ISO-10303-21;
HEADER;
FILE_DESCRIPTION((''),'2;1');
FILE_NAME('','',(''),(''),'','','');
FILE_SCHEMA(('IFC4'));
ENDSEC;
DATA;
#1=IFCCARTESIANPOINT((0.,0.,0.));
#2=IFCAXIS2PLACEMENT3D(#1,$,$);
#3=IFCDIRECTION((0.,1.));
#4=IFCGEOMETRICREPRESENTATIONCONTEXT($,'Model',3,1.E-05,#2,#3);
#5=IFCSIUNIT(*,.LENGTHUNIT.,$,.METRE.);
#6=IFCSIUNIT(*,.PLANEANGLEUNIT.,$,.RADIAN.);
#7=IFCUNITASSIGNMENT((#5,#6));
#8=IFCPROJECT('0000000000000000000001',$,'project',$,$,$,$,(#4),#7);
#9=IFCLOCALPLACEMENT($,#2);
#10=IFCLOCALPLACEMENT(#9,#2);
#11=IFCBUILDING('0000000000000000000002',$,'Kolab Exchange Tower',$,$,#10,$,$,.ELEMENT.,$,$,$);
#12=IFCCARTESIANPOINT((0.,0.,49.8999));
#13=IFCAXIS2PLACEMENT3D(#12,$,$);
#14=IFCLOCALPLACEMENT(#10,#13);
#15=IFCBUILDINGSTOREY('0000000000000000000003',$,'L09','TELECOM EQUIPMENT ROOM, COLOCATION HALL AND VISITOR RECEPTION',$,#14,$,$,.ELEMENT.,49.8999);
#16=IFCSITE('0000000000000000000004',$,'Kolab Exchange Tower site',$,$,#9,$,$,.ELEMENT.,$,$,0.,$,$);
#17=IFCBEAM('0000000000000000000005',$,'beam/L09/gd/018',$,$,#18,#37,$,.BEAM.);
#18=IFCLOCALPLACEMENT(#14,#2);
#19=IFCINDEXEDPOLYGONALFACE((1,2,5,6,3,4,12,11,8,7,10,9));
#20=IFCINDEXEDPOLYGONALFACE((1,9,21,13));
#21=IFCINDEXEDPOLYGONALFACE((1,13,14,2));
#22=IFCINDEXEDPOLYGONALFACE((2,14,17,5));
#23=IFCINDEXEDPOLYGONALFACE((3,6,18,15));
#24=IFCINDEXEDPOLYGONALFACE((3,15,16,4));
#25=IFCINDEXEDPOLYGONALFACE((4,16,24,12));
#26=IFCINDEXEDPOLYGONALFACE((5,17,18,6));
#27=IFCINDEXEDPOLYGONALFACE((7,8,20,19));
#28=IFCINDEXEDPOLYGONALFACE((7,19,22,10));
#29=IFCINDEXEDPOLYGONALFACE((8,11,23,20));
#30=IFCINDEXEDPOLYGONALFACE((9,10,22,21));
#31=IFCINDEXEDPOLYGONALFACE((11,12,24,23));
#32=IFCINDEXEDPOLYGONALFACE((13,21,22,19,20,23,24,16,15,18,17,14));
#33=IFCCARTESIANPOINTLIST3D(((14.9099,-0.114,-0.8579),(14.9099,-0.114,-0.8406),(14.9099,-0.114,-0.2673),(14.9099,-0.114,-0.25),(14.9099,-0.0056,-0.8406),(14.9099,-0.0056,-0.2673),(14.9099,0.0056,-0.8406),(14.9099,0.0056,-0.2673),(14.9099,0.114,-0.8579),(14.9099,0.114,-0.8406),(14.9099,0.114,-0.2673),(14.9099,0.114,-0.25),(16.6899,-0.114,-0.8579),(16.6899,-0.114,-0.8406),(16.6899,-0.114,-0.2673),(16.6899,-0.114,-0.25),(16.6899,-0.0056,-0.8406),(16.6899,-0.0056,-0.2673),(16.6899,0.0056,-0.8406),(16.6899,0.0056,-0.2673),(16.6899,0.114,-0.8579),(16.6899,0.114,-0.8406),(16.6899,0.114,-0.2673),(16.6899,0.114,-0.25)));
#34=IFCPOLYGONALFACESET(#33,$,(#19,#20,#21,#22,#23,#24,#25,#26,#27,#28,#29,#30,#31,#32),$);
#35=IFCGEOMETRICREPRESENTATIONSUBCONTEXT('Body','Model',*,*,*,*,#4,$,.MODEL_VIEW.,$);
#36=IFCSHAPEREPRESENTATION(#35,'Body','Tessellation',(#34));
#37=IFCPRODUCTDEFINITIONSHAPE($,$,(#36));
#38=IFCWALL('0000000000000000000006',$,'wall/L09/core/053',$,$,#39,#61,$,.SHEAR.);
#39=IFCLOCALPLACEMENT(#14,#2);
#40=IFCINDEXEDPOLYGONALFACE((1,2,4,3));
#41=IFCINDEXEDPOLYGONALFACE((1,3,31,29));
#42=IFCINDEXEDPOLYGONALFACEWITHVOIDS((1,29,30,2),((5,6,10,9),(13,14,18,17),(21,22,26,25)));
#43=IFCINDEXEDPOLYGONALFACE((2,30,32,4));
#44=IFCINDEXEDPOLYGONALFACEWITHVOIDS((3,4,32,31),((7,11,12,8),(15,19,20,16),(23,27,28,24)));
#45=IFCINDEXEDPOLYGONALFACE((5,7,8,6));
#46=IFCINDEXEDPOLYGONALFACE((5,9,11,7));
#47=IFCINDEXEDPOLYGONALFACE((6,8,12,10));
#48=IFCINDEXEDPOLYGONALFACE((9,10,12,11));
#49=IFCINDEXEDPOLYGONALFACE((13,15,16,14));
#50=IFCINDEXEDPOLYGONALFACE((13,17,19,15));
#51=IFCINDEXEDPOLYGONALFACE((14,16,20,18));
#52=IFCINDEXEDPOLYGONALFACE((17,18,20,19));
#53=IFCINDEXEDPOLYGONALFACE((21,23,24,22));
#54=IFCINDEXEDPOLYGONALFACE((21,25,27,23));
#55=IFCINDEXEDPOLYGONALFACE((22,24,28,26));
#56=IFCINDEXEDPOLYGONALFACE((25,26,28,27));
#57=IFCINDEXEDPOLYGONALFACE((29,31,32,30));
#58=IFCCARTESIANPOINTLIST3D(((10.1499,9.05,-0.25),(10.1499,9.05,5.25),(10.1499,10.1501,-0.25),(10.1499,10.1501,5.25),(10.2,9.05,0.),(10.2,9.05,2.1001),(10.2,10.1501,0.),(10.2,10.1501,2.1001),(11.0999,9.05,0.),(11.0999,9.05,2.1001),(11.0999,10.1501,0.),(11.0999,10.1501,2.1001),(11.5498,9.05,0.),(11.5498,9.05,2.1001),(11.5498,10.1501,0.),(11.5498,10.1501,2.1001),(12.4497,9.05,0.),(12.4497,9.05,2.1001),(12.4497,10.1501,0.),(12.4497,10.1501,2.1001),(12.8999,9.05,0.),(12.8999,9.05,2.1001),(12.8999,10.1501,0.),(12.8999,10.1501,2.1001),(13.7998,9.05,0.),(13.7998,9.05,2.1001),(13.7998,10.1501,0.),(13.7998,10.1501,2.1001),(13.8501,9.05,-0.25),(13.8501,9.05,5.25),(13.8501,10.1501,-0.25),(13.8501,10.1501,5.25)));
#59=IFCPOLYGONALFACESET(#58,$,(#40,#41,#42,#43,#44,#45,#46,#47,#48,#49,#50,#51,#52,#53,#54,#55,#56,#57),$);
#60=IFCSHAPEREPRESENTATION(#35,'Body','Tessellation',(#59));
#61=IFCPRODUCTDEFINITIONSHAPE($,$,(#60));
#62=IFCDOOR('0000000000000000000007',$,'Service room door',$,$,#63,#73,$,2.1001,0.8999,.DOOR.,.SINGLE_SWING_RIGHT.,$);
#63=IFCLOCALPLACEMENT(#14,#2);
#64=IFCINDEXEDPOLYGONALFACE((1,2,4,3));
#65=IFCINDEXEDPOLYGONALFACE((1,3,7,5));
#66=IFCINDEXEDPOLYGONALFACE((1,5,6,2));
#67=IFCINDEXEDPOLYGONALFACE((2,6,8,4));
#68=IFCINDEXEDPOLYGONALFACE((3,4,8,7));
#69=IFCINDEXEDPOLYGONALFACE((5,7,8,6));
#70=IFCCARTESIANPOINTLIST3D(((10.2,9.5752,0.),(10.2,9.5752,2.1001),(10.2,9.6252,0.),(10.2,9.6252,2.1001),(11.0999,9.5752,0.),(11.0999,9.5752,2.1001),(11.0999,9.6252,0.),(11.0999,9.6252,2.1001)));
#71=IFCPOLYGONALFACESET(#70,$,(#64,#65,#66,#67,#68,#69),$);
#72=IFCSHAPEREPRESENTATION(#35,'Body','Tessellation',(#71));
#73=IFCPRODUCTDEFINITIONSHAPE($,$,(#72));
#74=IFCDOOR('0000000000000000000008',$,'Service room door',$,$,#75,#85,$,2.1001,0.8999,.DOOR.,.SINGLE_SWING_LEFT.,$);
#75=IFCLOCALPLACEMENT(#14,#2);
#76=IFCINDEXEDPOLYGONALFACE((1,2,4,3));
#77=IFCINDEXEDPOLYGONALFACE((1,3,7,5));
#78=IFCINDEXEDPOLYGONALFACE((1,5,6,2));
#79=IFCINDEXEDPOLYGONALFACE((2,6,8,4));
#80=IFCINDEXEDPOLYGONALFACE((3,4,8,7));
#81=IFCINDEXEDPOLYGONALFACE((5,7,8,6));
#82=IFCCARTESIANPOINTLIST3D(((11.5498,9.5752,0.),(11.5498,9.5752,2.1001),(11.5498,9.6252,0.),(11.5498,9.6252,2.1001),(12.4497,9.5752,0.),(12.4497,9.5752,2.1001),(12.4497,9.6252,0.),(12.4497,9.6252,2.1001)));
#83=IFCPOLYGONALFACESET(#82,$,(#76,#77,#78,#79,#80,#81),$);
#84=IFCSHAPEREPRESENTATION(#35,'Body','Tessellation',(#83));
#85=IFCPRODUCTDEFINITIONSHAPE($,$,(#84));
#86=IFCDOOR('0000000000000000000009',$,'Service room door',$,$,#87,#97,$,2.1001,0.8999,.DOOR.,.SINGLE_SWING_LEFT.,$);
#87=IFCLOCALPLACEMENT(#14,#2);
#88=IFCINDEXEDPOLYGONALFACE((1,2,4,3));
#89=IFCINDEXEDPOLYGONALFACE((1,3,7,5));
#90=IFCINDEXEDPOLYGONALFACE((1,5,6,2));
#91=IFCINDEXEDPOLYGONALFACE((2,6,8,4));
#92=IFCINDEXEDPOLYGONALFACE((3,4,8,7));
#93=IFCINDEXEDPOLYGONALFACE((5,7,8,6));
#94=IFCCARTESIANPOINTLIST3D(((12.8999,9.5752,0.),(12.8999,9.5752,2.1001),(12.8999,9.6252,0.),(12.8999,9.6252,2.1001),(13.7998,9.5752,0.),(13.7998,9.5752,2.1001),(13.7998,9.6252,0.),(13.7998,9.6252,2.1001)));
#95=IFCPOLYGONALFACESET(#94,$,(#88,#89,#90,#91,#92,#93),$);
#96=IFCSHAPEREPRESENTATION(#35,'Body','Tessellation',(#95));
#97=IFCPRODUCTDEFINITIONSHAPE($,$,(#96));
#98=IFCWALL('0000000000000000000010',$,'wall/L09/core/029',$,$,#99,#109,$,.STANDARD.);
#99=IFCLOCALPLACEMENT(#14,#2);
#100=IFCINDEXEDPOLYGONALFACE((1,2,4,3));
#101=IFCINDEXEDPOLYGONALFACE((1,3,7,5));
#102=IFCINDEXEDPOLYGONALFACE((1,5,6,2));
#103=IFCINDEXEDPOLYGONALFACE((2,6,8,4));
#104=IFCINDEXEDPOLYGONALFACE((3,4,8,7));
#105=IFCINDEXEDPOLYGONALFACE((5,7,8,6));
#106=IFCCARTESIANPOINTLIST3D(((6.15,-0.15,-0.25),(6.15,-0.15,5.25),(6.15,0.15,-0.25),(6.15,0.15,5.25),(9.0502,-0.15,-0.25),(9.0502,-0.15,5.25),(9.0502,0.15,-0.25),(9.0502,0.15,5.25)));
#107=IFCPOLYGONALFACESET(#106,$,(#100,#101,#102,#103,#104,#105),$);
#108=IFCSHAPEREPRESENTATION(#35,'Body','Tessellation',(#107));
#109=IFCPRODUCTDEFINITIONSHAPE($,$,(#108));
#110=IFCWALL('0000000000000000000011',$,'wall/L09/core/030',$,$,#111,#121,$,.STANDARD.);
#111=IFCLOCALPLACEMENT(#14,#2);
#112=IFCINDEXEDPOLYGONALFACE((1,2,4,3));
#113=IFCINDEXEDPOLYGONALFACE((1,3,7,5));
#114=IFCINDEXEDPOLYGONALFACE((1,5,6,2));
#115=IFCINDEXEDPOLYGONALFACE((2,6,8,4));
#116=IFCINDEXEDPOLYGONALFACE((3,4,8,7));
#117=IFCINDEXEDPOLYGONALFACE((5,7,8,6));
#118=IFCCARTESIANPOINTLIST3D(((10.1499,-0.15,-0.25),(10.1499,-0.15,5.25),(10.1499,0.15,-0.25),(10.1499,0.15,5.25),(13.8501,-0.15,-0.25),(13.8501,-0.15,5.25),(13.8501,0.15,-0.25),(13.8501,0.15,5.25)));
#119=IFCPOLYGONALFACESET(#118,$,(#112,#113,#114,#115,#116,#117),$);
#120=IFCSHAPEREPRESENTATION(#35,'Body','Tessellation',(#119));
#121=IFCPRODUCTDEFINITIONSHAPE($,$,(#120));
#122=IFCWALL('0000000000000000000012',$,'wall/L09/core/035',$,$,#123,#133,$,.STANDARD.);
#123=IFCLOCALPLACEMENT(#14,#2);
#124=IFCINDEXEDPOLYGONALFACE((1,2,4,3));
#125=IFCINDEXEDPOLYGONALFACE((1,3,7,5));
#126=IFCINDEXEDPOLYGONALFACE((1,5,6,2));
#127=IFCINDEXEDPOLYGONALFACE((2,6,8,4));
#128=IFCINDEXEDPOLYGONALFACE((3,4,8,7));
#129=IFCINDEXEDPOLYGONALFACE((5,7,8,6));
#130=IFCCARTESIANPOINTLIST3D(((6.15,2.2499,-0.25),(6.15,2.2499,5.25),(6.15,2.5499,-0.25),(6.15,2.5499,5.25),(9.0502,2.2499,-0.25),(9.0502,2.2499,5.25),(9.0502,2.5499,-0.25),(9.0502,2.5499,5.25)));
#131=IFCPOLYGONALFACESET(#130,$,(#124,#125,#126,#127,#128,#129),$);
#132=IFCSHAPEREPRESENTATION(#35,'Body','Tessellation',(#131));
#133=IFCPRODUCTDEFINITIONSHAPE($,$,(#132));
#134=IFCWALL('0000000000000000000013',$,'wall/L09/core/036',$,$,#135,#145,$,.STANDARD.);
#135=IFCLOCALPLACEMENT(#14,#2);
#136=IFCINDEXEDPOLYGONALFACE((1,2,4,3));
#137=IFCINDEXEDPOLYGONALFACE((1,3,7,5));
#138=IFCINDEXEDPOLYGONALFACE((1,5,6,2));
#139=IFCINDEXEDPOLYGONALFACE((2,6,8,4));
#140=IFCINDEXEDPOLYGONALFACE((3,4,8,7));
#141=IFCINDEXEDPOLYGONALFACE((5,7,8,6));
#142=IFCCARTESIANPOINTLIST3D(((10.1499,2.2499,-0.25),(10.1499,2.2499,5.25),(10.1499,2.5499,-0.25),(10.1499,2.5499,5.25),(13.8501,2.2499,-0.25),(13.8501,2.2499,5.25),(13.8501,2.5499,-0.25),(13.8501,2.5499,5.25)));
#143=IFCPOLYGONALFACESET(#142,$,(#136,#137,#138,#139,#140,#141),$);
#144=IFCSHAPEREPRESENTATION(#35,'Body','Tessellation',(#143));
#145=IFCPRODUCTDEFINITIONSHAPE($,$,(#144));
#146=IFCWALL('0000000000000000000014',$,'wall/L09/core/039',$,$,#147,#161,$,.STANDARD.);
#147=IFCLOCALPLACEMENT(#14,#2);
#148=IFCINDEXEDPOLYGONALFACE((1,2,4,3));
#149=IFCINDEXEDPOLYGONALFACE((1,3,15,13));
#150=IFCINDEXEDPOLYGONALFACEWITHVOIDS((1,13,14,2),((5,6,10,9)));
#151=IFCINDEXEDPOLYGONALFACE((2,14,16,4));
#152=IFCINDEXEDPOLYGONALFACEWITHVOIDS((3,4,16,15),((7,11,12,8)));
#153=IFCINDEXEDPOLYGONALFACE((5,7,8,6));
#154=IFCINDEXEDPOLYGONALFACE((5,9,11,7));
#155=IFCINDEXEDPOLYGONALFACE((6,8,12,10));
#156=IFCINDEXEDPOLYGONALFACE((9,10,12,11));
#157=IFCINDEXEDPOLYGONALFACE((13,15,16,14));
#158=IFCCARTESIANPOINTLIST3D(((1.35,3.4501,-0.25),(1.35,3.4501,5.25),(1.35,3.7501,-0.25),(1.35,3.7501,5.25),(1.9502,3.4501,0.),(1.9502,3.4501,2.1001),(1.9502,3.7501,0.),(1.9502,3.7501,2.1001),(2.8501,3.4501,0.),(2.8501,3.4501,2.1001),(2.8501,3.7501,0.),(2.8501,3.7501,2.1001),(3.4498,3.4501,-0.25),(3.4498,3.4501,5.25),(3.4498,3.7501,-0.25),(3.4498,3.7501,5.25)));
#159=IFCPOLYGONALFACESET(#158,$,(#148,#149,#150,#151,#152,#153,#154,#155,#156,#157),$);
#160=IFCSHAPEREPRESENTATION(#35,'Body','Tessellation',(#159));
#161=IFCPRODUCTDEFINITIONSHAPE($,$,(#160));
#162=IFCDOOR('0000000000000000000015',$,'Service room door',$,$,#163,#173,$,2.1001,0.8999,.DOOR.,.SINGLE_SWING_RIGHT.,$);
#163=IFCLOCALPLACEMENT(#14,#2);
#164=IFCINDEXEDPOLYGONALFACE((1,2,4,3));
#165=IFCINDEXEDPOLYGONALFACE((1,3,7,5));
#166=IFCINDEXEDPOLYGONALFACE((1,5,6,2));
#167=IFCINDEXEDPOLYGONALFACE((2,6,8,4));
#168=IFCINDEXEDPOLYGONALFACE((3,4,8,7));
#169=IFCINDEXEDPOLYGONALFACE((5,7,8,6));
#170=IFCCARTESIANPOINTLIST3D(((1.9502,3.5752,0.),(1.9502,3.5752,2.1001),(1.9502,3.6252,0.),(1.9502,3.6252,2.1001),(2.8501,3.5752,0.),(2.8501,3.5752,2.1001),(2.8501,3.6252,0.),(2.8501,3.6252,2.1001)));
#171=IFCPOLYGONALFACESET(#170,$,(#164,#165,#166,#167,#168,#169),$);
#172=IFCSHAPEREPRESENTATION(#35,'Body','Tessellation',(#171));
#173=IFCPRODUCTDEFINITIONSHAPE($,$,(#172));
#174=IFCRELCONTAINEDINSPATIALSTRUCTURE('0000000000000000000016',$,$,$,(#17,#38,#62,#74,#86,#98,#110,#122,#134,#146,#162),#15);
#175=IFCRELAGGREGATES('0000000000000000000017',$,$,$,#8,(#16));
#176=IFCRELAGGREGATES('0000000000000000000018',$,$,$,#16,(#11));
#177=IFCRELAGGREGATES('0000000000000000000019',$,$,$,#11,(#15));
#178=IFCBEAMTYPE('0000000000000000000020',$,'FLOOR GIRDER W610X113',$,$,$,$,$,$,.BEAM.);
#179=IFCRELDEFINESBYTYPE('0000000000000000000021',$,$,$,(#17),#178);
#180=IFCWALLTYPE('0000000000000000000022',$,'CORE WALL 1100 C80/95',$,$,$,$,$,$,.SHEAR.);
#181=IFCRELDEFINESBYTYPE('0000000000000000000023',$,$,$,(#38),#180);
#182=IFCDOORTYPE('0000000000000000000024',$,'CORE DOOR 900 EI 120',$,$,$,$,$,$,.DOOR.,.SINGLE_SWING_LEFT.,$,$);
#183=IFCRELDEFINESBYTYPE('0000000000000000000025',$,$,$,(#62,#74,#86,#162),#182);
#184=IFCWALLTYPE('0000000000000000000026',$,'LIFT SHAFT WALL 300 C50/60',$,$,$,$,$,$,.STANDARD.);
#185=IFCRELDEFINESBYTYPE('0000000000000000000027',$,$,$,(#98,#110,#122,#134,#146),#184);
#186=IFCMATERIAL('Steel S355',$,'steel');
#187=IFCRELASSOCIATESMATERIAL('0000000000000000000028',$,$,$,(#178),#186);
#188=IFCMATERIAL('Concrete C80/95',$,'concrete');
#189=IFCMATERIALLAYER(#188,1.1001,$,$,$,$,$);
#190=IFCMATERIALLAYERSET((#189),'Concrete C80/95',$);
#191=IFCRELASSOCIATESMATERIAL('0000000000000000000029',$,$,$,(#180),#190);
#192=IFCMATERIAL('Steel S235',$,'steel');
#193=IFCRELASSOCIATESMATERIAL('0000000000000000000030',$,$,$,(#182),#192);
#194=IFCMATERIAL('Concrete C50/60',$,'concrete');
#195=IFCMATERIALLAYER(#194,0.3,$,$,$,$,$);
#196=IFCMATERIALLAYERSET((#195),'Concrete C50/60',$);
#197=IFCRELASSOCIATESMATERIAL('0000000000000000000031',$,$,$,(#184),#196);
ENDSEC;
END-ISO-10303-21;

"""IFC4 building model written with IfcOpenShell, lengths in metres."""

from ifc_helpers import new_model, si_unit, direction, frame, frame_2d, origin, origin_2d, place, context, subcontext, project, spatial, rectangle, i_section, extrude, material, layer, layer_set, material_profile, profile_set, type_object, element, fill, save


model = new_model("IFC4")

# Units and contexts
model_context = context("Model", 3, precision=1e-05, world=origin(), true_north=direction((0.0, 1.0)))
body_context = subcontext(model_context, "Body", "Model", "MODEL_VIEW")
ifc_project = project(units=[si_unit("LENGTHUNIT", "METRE"), si_unit("PLANEANGLEUNIT", "RADIAN")], contexts=[model_context])

# Site, building, storey
site_placement = place(None, origin())
site = spatial("IfcSite", under=ifc_project, at=site_placement, Name="Kolab Exchange Tower site", CompositionType="ELEMENT", RefElevation=0.0)
building_placement = place(site_placement, origin())
building = spatial("IfcBuilding", under=site, at=building_placement, Name="Kolab Exchange Tower", CompositionType="ELEMENT")
storey_placement = place(building_placement, frame((0.0, 0.0, 49.8999)))
storey = spatial("IfcBuildingStorey", under=building, at=storey_placement, Name="L09", Description="TELECOM EQUIPMENT ROOM, COLOCATION HALL AND VISITOR RECEPTION", CompositionType="ELEMENT", Elevation=49.8999)

# Beam
ifc_material_1 = material(Name="Steel S355", Category="steel")
ifc_material_profile = material_profile(ifc_material_1, i_section(OverallWidth=0.228, OverallDepth=0.6079, WebThickness=0.0112, FlangeThickness=0.0173, at=origin_2d()), Name="W610X113")
ifc_profile_set = profile_set([ifc_material_profile], Name="Steel S355")
beam_type = type_object("IfcBeamType", Name="FLOOR GIRDER W610X113", PredefinedType="BEAM", material=ifc_profile_set)
beam_placement = place(storey_placement, frame((14.9099, 0.0, -0.554), z_axis=(1.0, 0.0, 0.0), x_axis=(0.0, 1.0, 0.0)))
element("IfcBeam", 1, at=beam_placement, inside=storey, type_object=beam_type, Name="beam/L09/gd/018", PredefinedType="BEAM", context=body_context, shape_type="SweptSolid", body=[
    extrude(i_section(OverallWidth=0.228, OverallDepth=0.6079, WebThickness=0.0112, FlangeThickness=0.0173, at=origin_2d()), origin(), (0.0, 0.0, 1.0), 1.78),
])

# Wall, openings, doors
ifc_material_2 = material(Name="Concrete C80/95", Category="concrete")
ifc_layer_1 = layer(ifc_material_2, 1.1001)
ifc_layer_set_1 = layer_set([ifc_layer_1], Name="Concrete C80/95")
wall_type_1 = type_object("IfcWallType", Name="CORE WALL 1100 C80/95", PredefinedType="SHEAR", material=ifc_layer_set_1)
wall_1_placement = place(storey_placement, frame((10.1499, 9.6001, -0.25), z_axis=(0.0, 0.0, 1.0), x_axis=(1.0, 0.0, 0.0)))
wall_1 = element("IfcWall", 2, at=wall_1_placement, inside=storey, type_object=wall_type_1, Name="wall/L09/core/053", PredefinedType="SHEAR", context=body_context, shape_type="SweptSolid", body=[
    extrude(rectangle(XDim=3.7002, YDim=1.1001, at=frame_2d((1.8501, 0.0))), origin(), (0.0, 0.0, 1.0), 5.5),
])
opening_1_placement = place(wall_1_placement, frame((0.05, 0.0, 0.25)))
opening_1 = element("IfcOpeningElement", 3, at=opening_1_placement, cuts=wall_1, PredefinedType="OPENING", context=body_context, shape_type="SweptSolid", body=[
    extrude(rectangle(XDim=0.8999, YDim=2.1001, at=frame_2d((0.45, 1.05))), frame((0.0, 0.5601, 0.0), z_axis=(0.0, -1.0, 0.0), x_axis=(1.0, 0.0, 0.0)), (0.0, 0.0, 1.0), 1.1201),
])
opening_2_placement = place(wall_1_placement, frame((1.3999, 0.0, 0.25)))
opening_2 = element("IfcOpeningElement", 4, at=opening_2_placement, cuts=wall_1, PredefinedType="OPENING", context=body_context, shape_type="SweptSolid", body=[
    extrude(rectangle(XDim=0.8999, YDim=2.1001, at=frame_2d((0.45, 1.05))), frame((0.0, 0.5601, 0.0), z_axis=(0.0, -1.0, 0.0), x_axis=(1.0, 0.0, 0.0)), (0.0, 0.0, 1.0), 1.1201),
])
opening_3_placement = place(wall_1_placement, frame((2.75, 0.0, 0.25)))
opening_3 = element("IfcOpeningElement", 5, at=opening_3_placement, cuts=wall_1, PredefinedType="OPENING", context=body_context, shape_type="SweptSolid", body=[
    extrude(rectangle(XDim=0.8999, YDim=2.1001, at=frame_2d((0.45, 1.05))), frame((0.0, 0.5601, 0.0), z_axis=(0.0, -1.0, 0.0), x_axis=(1.0, 0.0, 0.0)), (0.0, 0.0, 1.0), 1.1201),
])
ifc_material_3 = material(Name="Steel S235", Category="steel")
door_type_1 = type_object("IfcDoorType", Name="CORE DOOR 900 EI 120", OperationType="SINGLE_SWING_LEFT", PredefinedType="DOOR", material=ifc_material_3)
door_1_placement = place(opening_1_placement, frame((0.8999, 0.0, 0.0), z_axis=(0.0, 0.0, 1.0), x_axis=(-1.0, 0.0, 0.0)))
door_1 = element("IfcDoor", 6, at=door_1_placement, inside=storey, type_object=door_type_1, Name="Service room door", OperationType="SINGLE_SWING_RIGHT", OverallHeight=2.1001, OverallWidth=0.8999, PredefinedType="DOOR", context=body_context, shape_type="SweptSolid", body=[
    extrude(rectangle(XDim=0.8999, YDim=2.1001, at=frame_2d((0.45, 1.05))), frame((0.0, 0.0249, 0.0), z_axis=(0.0, -1.0, 0.0), x_axis=(1.0, 0.0, 0.0)), (0.0, 0.0, 1.0), 0.05),
])
fill(opening_1, door_1)
door_2_placement = place(opening_2_placement, frame((0.8999, 0.0, 0.0), z_axis=(0.0, 0.0, 1.0), x_axis=(-1.0, 0.0, 0.0)))
door_2 = element("IfcDoor", 7, at=door_2_placement, inside=storey, type_object=door_type_1, Name="Service room door", OperationType="SINGLE_SWING_LEFT", OverallHeight=2.1001, OverallWidth=0.8999, PredefinedType="DOOR", context=body_context, shape_type="SweptSolid", body=[
    extrude(rectangle(XDim=0.8999, YDim=2.1001, at=frame_2d((0.45, 1.05))), frame((0.0, 0.0249, 0.0), z_axis=(0.0, -1.0, 0.0), x_axis=(1.0, 0.0, 0.0)), (0.0, 0.0, 1.0), 0.05),
])
fill(opening_2, door_2)
door_3_placement = place(opening_3_placement, frame((0.8999, 0.0, 0.0), z_axis=(0.0, 0.0, 1.0), x_axis=(-1.0, 0.0, 0.0)))
door_3 = element("IfcDoor", 8, at=door_3_placement, inside=storey, type_object=door_type_1, Name="Service room door", OperationType="SINGLE_SWING_LEFT", OverallHeight=2.1001, OverallWidth=0.8999, PredefinedType="DOOR", context=body_context, shape_type="SweptSolid", body=[
    extrude(rectangle(XDim=0.8999, YDim=2.1001, at=frame_2d((0.45, 1.05))), frame((0.0, 0.0249, 0.0), z_axis=(0.0, -1.0, 0.0), x_axis=(1.0, 0.0, 0.0)), (0.0, 0.0, 1.0), 0.05),
])
fill(opening_3, door_3)

# Walls
ifc_material_4 = material(Name="Concrete C50/60", Category="concrete")
ifc_layer_2 = layer(ifc_material_4, 0.3)
ifc_layer_set_2 = layer_set([ifc_layer_2], Name="Concrete C50/60")
wall_type_2 = type_object("IfcWallType", Name="LIFT SHAFT WALL 300 C50/60", PredefinedType="STANDARD", material=ifc_layer_set_2)
wall_2_placement = place(storey_placement, frame((6.1499, 0.0, -0.25), z_axis=(0.0, 0.0, 1.0), x_axis=(1.0, 0.0, 0.0)))
element("IfcWall", 9, at=wall_2_placement, inside=storey, type_object=wall_type_2, Name="wall/L09/core/029", PredefinedType="STANDARD", context=body_context, shape_type="SweptSolid", body=[
    extrude(rectangle(XDim=2.9001, YDim=0.3, at=frame_2d((1.4502, 0.0))), origin(), (0.0, 0.0, 1.0), 5.5),
])
wall_3_placement = place(storey_placement, frame((10.1499, 0.0, -0.25), z_axis=(0.0, 0.0, 1.0), x_axis=(1.0, 0.0, 0.0)))
element("IfcWall", 10, at=wall_3_placement, inside=storey, type_object=wall_type_2, Name="wall/L09/core/030", PredefinedType="STANDARD", context=body_context, shape_type="SweptSolid", body=[
    extrude(rectangle(XDim=3.7002, YDim=0.3, at=frame_2d((1.8501, 0.0))), origin(), (0.0, 0.0, 1.0), 5.5),
])
wall_4_placement = place(storey_placement, frame((6.1499, 2.3999, -0.25), z_axis=(0.0, 0.0, 1.0), x_axis=(1.0, 0.0, 0.0)))
element("IfcWall", 11, at=wall_4_placement, inside=storey, type_object=wall_type_2, Name="wall/L09/core/035", PredefinedType="STANDARD", context=body_context, shape_type="SweptSolid", body=[
    extrude(rectangle(XDim=2.9001, YDim=0.3, at=frame_2d((1.4502, 0.0))), origin(), (0.0, 0.0, 1.0), 5.5),
])
wall_5_placement = place(storey_placement, frame((10.1499, 2.3999, -0.25), z_axis=(0.0, 0.0, 1.0), x_axis=(1.0, 0.0, 0.0)))
element("IfcWall", 12, at=wall_5_placement, inside=storey, type_object=wall_type_2, Name="wall/L09/core/036", PredefinedType="STANDARD", context=body_context, shape_type="SweptSolid", body=[
    extrude(rectangle(XDim=3.7002, YDim=0.3, at=frame_2d((1.8501, 0.0))), origin(), (0.0, 0.0, 1.0), 5.5),
])

# Wall, opening, door
wall_6_placement = place(storey_placement, frame((1.3501, 3.6001, -0.25), z_axis=(0.0, 0.0, 1.0), x_axis=(1.0, 0.0, 0.0)))
wall_6 = element("IfcWall", 13, at=wall_6_placement, inside=storey, type_object=wall_type_2, Name="wall/L09/core/039", PredefinedType="STANDARD", context=body_context, shape_type="SweptSolid", body=[
    extrude(rectangle(XDim=2.0999, YDim=0.3, at=frame_2d((1.0498, 0.0))), origin(), (0.0, 0.0, 1.0), 5.5),
])
opening_4_placement = place(wall_6_placement, frame((0.6001, 0.0, 0.25)))
opening_4 = element("IfcOpeningElement", 14, at=opening_4_placement, cuts=wall_6, PredefinedType="OPENING", context=body_context, shape_type="SweptSolid", body=[
    extrude(rectangle(XDim=0.8999, YDim=2.1001, at=frame_2d((0.45, 1.05))), frame((0.0, 0.1602, 0.0), z_axis=(0.0, -1.0, 0.0), x_axis=(1.0, 0.0, 0.0)), (0.0, 0.0, 1.0), 0.3201),
])
door_4_placement = place(opening_4_placement, frame((0.8999, 0.0, 0.0), z_axis=(0.0, 0.0, 1.0), x_axis=(-1.0, 0.0, 0.0)))
door_4 = element("IfcDoor", 15, at=door_4_placement, inside=storey, type_object=door_type_1, Name="Service room door", OperationType="SINGLE_SWING_RIGHT", OverallHeight=2.1001, OverallWidth=0.8999, PredefinedType="DOOR", context=body_context, shape_type="SweptSolid", body=[
    extrude(rectangle(XDim=0.8999, YDim=2.1001, at=frame_2d((0.45, 1.05))), frame((0.0, 0.0249, 0.0), z_axis=(0.0, -1.0, 0.0), x_axis=(1.0, 0.0, 0.0)), (0.0, 0.0, 1.0), 0.05),
])
fill(opening_4, door_4)

save(model, "model.ifc")
